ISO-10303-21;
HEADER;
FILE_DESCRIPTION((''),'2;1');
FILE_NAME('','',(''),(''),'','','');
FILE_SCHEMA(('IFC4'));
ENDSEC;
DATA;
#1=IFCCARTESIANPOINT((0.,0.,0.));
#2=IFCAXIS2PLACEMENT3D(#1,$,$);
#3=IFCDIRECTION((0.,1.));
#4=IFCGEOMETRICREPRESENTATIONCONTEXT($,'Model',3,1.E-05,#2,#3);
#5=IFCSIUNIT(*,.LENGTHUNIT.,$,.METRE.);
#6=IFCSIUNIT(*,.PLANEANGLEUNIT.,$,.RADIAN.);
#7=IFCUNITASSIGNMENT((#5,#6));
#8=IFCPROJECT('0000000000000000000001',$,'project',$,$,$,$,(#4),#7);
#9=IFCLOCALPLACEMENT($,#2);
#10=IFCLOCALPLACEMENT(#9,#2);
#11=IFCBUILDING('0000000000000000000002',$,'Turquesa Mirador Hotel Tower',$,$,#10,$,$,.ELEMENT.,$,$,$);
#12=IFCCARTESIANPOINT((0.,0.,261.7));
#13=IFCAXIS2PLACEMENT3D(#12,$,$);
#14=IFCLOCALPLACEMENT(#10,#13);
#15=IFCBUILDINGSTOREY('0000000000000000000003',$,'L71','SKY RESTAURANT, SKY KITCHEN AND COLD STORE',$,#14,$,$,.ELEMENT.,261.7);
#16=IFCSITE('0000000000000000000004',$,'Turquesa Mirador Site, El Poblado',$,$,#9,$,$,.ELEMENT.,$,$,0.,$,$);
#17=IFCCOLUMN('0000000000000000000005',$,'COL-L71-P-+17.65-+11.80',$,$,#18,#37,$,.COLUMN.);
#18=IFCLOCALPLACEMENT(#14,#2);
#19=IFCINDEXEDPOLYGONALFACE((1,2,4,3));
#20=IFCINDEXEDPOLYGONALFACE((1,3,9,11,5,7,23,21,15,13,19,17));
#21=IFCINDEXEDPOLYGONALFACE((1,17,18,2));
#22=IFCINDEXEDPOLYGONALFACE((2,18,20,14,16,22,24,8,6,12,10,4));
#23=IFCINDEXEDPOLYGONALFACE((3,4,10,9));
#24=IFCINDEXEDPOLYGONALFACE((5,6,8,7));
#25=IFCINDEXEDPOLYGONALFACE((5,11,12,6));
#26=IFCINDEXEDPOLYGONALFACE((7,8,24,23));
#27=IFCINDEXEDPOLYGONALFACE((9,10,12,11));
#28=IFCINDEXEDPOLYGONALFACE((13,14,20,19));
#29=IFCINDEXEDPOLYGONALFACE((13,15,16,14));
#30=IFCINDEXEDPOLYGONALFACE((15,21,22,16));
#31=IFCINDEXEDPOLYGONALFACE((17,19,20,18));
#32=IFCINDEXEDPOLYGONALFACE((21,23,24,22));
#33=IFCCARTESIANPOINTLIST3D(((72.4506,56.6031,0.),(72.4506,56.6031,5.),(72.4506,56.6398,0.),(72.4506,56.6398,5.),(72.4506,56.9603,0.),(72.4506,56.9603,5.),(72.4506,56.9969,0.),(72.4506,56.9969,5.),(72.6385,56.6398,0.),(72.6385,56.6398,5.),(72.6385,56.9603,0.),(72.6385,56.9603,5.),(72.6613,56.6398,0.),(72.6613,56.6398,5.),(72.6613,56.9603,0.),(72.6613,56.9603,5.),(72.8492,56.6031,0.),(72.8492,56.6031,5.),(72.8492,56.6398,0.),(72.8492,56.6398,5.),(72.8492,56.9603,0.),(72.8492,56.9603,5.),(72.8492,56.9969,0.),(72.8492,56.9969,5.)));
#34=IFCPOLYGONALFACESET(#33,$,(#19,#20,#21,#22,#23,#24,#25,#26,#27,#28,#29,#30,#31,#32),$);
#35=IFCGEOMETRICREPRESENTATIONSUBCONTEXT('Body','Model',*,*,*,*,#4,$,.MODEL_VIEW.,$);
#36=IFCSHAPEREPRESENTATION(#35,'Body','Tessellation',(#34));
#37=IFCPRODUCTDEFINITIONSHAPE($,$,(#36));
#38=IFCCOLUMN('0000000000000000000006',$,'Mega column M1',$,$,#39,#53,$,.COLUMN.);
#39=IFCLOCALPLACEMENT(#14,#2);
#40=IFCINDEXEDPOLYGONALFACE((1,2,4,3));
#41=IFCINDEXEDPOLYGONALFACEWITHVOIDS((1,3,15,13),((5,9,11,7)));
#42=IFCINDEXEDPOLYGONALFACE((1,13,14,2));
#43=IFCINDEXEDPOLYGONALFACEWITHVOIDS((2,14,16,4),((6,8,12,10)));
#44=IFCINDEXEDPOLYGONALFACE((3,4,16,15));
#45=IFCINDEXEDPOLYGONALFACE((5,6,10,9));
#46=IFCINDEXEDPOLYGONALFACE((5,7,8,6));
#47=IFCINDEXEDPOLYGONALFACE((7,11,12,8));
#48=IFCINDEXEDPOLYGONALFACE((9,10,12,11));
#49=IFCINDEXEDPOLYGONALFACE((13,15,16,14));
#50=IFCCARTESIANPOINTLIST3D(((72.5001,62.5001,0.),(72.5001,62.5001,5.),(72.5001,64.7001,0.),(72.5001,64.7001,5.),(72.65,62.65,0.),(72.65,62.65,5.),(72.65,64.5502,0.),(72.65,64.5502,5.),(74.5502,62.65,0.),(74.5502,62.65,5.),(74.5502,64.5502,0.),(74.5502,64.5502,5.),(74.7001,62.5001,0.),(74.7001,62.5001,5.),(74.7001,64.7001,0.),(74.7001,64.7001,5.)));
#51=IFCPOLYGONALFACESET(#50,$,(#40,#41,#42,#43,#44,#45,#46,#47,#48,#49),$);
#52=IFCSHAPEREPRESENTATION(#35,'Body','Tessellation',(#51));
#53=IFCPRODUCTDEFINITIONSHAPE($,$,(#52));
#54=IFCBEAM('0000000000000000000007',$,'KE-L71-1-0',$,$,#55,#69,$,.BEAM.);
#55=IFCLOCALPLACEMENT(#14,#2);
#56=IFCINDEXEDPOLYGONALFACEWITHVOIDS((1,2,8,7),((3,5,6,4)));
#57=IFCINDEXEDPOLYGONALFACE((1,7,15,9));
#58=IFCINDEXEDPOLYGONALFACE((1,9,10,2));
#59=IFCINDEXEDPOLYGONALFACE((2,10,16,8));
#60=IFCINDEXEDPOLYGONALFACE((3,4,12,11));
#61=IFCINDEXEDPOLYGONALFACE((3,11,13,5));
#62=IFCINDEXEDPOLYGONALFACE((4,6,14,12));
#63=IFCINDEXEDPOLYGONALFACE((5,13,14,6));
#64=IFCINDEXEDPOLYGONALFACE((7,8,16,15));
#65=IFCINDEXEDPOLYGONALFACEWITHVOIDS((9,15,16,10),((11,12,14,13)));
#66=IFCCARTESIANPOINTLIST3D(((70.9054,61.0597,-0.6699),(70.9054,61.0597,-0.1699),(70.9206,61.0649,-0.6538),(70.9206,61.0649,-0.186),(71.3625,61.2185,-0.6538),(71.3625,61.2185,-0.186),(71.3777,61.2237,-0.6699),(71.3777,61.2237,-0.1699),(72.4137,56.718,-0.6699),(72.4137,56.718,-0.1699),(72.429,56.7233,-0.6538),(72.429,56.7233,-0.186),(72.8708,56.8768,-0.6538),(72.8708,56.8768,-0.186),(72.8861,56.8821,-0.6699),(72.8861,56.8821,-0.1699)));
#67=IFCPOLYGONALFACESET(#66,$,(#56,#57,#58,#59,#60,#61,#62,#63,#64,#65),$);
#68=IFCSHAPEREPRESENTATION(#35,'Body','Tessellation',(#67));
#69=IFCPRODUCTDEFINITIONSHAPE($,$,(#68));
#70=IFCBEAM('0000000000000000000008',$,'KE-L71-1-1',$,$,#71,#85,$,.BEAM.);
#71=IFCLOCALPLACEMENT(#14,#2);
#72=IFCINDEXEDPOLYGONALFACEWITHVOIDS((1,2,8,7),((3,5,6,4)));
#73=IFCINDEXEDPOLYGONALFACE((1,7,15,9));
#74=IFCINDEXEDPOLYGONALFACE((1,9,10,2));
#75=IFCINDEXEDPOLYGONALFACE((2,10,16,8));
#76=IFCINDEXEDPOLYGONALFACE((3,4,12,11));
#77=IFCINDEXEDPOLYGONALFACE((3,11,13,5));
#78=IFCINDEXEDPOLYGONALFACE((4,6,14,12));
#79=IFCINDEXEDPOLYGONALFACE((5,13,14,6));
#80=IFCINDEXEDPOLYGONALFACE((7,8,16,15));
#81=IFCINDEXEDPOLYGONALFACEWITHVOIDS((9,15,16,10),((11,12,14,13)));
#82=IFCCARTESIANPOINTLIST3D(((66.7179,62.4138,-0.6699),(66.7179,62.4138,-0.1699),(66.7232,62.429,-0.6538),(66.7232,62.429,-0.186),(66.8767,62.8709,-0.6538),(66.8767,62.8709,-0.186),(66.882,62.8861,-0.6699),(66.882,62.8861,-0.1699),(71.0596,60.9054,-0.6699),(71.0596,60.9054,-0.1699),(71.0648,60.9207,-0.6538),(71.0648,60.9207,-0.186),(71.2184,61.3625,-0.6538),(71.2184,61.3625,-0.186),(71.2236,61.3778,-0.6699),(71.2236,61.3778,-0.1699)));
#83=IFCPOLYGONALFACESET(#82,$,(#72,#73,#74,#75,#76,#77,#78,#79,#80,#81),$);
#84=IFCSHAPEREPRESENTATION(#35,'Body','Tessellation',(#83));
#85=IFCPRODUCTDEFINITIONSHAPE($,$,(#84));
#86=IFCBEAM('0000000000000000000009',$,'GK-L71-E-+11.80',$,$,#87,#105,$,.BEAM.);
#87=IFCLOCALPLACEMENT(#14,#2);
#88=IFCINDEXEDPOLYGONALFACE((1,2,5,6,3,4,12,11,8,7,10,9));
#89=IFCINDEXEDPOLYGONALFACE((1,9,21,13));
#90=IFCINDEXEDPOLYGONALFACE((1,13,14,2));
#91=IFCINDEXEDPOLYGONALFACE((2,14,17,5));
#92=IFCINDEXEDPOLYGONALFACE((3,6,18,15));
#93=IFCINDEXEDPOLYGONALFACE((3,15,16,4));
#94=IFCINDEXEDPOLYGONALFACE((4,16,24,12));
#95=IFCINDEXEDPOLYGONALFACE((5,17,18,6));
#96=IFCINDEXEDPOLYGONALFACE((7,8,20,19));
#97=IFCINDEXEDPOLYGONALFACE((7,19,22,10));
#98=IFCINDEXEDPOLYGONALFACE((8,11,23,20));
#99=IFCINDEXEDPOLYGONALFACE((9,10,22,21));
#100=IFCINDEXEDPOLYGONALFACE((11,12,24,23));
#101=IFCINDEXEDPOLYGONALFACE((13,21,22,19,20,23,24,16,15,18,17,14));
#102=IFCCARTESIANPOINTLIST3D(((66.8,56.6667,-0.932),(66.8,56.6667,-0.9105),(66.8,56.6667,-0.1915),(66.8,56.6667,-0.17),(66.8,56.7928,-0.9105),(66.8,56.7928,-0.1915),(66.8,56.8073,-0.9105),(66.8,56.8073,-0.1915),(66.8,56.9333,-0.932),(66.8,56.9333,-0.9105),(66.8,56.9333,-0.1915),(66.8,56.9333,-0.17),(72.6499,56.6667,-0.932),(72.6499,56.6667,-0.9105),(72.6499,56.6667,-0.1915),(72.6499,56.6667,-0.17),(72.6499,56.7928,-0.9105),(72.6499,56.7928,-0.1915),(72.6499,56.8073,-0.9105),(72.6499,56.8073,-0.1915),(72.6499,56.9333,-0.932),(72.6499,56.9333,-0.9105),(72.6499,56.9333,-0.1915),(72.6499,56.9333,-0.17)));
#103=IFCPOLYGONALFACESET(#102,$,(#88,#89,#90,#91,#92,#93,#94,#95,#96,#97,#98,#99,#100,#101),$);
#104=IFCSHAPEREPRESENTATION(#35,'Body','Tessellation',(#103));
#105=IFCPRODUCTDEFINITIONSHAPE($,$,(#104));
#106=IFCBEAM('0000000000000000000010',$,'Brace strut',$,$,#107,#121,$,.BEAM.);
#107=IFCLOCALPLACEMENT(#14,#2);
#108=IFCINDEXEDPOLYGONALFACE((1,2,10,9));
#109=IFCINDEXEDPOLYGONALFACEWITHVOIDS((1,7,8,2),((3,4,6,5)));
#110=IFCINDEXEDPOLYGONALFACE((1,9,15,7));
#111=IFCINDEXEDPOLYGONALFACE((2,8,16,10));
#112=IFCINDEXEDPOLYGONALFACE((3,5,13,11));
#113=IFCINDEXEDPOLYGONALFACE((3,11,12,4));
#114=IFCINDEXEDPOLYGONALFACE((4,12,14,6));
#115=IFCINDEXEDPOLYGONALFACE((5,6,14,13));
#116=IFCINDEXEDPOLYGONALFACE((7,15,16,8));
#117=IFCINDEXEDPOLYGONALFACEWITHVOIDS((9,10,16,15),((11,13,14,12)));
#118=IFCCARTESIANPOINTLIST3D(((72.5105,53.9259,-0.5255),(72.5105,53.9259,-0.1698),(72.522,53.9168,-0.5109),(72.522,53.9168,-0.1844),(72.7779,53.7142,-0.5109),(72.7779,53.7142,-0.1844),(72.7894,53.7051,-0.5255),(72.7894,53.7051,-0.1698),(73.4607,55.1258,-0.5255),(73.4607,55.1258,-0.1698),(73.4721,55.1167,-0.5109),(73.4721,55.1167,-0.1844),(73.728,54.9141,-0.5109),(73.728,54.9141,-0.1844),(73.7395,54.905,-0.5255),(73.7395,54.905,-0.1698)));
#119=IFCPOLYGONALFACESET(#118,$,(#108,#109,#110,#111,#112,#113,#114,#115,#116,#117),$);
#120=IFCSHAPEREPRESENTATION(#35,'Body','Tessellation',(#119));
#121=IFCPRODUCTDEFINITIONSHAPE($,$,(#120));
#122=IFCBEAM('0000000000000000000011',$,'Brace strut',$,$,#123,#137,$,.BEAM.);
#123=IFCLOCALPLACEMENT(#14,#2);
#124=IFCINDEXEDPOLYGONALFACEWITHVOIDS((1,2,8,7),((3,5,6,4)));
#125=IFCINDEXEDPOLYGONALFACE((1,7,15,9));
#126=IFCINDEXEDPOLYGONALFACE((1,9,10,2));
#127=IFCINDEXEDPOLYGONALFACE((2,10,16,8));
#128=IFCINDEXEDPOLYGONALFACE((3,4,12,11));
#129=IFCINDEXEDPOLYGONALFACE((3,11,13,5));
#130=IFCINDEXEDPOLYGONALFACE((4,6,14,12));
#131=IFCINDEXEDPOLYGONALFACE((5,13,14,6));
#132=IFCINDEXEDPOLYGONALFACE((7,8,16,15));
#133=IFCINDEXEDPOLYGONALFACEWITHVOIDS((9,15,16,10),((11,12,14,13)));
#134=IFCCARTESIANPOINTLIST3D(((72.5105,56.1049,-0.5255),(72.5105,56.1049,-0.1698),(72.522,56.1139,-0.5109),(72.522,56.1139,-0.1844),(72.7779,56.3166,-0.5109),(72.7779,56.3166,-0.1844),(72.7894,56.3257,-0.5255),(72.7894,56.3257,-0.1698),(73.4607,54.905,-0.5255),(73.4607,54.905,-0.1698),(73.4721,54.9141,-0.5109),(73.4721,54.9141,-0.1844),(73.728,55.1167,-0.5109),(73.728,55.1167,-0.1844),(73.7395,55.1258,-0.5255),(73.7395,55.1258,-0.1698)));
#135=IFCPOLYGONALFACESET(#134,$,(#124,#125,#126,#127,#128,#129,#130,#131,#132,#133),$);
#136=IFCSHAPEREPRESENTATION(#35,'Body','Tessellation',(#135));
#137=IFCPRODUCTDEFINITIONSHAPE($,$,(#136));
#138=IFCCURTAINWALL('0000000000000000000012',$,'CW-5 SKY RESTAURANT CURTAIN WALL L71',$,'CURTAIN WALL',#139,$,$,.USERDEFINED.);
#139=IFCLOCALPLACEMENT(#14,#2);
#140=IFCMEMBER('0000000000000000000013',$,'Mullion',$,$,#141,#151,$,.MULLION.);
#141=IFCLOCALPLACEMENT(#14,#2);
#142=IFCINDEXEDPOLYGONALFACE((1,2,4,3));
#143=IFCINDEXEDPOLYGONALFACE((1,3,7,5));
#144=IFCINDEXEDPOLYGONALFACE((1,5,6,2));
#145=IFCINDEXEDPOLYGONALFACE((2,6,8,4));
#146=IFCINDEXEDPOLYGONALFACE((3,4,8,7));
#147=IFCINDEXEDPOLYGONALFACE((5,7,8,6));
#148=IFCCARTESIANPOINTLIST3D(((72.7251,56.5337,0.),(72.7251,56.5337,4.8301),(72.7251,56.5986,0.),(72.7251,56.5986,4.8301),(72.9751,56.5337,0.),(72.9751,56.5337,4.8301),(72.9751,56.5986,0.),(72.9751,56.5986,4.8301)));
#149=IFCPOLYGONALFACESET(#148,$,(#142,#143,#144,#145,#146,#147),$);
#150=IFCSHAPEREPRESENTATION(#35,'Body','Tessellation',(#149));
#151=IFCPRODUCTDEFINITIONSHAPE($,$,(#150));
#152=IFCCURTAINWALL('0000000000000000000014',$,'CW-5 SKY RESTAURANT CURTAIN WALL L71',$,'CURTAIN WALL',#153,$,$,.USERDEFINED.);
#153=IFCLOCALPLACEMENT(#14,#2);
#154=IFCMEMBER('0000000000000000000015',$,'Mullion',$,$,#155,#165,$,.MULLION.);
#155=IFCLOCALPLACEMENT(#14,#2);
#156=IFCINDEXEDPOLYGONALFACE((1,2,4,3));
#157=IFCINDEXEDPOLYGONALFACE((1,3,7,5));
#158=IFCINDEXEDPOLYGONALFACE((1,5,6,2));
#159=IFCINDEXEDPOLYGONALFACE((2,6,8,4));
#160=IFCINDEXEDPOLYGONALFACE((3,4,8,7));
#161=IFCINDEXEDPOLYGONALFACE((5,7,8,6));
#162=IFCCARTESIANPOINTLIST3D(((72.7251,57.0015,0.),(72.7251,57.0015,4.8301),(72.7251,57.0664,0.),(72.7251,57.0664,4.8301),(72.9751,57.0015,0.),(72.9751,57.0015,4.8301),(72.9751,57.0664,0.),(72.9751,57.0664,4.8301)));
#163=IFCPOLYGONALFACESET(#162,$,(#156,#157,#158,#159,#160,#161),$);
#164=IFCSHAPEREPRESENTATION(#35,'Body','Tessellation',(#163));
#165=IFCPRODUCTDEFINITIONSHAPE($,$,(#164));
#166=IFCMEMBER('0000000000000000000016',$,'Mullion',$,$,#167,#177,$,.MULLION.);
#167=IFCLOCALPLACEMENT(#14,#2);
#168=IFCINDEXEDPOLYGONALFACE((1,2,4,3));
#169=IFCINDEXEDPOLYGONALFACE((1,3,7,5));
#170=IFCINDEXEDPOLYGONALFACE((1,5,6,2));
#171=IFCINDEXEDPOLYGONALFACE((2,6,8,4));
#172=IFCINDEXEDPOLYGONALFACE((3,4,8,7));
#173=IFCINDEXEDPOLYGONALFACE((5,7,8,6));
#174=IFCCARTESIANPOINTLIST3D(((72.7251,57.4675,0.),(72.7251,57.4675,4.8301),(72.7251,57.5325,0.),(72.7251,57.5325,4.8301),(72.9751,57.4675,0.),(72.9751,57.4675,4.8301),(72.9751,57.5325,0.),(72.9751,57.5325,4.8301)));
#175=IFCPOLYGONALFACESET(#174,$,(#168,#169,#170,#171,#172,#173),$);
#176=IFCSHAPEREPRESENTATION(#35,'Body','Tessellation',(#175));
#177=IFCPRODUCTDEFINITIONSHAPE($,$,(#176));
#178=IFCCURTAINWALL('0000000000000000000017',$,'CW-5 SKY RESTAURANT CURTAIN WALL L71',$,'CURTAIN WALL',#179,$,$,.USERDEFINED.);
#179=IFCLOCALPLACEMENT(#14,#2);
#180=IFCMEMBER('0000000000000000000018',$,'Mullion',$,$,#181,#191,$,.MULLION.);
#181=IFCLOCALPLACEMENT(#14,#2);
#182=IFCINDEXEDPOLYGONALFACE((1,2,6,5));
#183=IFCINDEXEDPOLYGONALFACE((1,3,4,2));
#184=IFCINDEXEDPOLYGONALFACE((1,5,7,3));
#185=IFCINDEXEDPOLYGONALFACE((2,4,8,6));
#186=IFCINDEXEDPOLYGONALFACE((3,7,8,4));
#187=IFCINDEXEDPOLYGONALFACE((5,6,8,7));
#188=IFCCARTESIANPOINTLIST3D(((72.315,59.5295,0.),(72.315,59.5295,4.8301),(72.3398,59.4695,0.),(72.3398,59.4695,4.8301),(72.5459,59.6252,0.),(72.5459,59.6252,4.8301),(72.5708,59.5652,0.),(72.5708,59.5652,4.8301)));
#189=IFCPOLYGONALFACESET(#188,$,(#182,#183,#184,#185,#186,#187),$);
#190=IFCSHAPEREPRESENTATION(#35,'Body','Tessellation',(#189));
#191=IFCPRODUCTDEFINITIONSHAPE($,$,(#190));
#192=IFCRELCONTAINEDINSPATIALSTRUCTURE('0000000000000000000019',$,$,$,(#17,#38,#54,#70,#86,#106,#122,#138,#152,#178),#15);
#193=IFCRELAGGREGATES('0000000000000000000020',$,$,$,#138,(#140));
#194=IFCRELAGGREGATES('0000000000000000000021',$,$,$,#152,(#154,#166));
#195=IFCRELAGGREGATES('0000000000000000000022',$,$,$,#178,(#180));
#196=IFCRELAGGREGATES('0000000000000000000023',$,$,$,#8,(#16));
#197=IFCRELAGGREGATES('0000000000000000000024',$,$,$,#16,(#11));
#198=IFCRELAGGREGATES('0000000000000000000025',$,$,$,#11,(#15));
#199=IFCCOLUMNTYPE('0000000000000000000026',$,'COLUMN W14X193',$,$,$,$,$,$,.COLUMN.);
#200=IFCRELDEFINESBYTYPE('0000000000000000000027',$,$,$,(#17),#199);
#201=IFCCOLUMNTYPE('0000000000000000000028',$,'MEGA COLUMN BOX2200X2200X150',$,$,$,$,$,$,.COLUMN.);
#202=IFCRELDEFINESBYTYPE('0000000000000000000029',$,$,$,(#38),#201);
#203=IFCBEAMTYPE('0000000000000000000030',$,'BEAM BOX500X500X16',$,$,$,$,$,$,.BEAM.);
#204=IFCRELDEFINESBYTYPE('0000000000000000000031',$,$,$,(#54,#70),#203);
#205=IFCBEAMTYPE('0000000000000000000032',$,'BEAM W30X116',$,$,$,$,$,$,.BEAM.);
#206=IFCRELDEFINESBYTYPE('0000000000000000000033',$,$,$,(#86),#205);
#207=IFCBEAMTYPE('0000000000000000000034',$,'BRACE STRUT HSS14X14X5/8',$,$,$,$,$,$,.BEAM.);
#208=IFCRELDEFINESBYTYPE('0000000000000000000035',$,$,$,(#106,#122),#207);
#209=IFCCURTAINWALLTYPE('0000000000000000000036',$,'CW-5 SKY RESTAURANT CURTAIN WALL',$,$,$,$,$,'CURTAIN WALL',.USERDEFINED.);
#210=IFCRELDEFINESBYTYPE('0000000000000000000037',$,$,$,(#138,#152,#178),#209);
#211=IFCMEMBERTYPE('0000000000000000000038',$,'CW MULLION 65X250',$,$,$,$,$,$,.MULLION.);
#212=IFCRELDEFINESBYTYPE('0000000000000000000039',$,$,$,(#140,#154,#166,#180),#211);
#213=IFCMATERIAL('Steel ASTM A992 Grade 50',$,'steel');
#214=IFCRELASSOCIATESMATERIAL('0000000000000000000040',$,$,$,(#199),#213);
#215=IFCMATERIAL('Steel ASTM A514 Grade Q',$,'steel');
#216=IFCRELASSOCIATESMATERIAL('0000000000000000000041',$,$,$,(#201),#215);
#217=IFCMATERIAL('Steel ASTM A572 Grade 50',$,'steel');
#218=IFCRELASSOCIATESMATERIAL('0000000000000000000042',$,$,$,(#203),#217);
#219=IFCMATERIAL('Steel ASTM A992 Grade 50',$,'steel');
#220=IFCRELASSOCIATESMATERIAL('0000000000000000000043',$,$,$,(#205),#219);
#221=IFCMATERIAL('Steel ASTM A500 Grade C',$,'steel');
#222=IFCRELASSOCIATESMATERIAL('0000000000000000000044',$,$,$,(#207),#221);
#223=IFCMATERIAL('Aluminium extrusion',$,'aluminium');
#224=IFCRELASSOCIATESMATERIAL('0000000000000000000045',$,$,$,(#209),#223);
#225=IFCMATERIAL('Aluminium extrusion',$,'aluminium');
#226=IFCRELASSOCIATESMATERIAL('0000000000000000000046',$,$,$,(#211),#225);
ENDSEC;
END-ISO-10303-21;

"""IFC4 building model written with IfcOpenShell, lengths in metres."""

from ifc_helpers import new_model, si_unit, direction, frame, origin, origin_2d, place, context, subcontext, project, spatial, rectangle, hollow_rectangle, i_section, extrude, material, material_profile, profile_set, type_object, element, aggregate, save


model = new_model("IFC4")

# Units and contexts
model_context = context("Model", 3, precision=1e-05, world=origin(), true_north=direction((0.0, 1.0)))
body_context = subcontext(model_context, "Body", "Model", "MODEL_VIEW")
ifc_project = project(units=[si_unit("LENGTHUNIT", "METRE"), si_unit("PLANEANGLEUNIT", "RADIAN")], contexts=[model_context])

# Site, building, storey
site_placement = place(None, origin())
site = spatial("IfcSite", under=ifc_project, at=site_placement, Name="Turquesa Mirador Site, El Poblado", CompositionType="ELEMENT", RefElevation=0.0)
building_placement = place(site_placement, origin())
building = spatial("IfcBuilding", under=site, at=building_placement, Name="Turquesa Mirador Hotel Tower", CompositionType="ELEMENT")
storey_placement = place(building_placement, frame((0.0, 0.0, 261.7)))
storey = spatial("IfcBuildingStorey", under=building, at=storey_placement, Name="L71", Description="SKY RESTAURANT, SKY KITCHEN AND COLD STORE", CompositionType="ELEMENT", Elevation=261.7)

# Columns
ifc_material_1 = material(Name="Steel ASTM A992 Grade 50", Category="steel")
ifc_material_profile_1 = material_profile(ifc_material_1, i_section(OverallWidth=0.3987, OverallDepth=0.3938, WebThickness=0.0227, FlangeThickness=0.0366, at=origin_2d()), Name="W14X193")
ifc_profile_set_1 = profile_set([ifc_material_profile_1], Name="Steel ASTM A992 Grade 50")
column_type_1 = type_object("IfcColumnType", Name="COLUMN W14X193", PredefinedType="COLUMN", material=ifc_profile_set_1)
column_1_placement = place(storey_placement, frame((72.6499, 56.8, 0.0), z_axis=(0.0, 0.0, 1.0), x_axis=(1.0, 0.0, 0.0)))
element("IfcColumn", 1, at=column_1_placement, inside=storey, type_object=column_type_1, Name="COL-L71-P-+17.65-+11.80", PredefinedType="COLUMN", context=body_context, shape_type="SweptSolid", body=[
    extrude(i_section(OverallWidth=0.3987, OverallDepth=0.3938, WebThickness=0.0227, FlangeThickness=0.0366, at=origin_2d()), origin(), (0.0, 0.0, 1.0), 5.0),
])
ifc_material_2 = material(Name="Steel ASTM A514 Grade Q", Category="steel")
ifc_material_profile_2 = material_profile(ifc_material_2, hollow_rectangle(XDim=2.2, YDim=2.2, WallThickness=0.1499, at=origin_2d()), Name="BOX2200X2200X150")
ifc_profile_set_2 = profile_set([ifc_material_profile_2], Name="Steel ASTM A514 Grade Q")
column_type_2 = type_object("IfcColumnType", Name="MEGA COLUMN BOX2200X2200X150", PredefinedType="COLUMN", material=ifc_profile_set_2)
column_2_placement = place(storey_placement, frame((73.6001, 63.6001, 0.0), z_axis=(0.0, 0.0, 1.0), x_axis=(1.0, 0.0, 0.0)))
element("IfcColumn", 2, at=column_2_placement, inside=storey, type_object=column_type_2, Name="Mega column M1", PredefinedType="COLUMN", context=body_context, shape_type="SweptSolid", body=[
    extrude(hollow_rectangle(XDim=2.2, YDim=2.2, WallThickness=0.1499, at=origin_2d()), origin(), (0.0, 0.0, 1.0), 5.0),
])

# Beams
ifc_material_3 = material(Name="Steel ASTM A572 Grade 50", Category="steel")
ifc_material_profile_3 = material_profile(ifc_material_3, hollow_rectangle(XDim=0.5, YDim=0.5, WallThickness=0.0161, at=origin_2d()), Name="BOX500X500X16")
ifc_profile_set_3 = profile_set([ifc_material_profile_3], Name="Steel ASTM A572 Grade 50")
beam_type_1 = type_object("IfcBeamType", Name="BEAM BOX500X500X16", PredefinedType="BEAM", material=ifc_profile_set_3)
for number, where, z_axis, x_axis, name in (
    (3, (72.6499, 56.8, -0.4199), (-0.32817, 0.944619, 0.0), (-0.944619, -0.32817, 0.0), "KE-L71-1-0"),
    (4, (71.1416, 61.1416, -0.4199), (-0.944619, 0.32817, 0.0), (-0.32817, -0.944619, 0.0), "KE-L71-1-1"),
):
    element("IfcBeam", number, at=place(storey_placement, frame(where, z_axis=z_axis, x_axis=x_axis)), inside=storey, type_object=beam_type_1, Name=name, PredefinedType="BEAM", context=body_context, shape_type="SweptSolid", body=[
        extrude(hollow_rectangle(XDim=0.5, YDim=0.5, WallThickness=0.0161, at=origin_2d()), origin(), (0.0, 0.0, 1.0), 4.5962),
    ])
ifc_material_4 = material(Name="Steel ASTM A992 Grade 50", Category="steel")
ifc_material_profile_4 = material_profile(ifc_material_4, i_section(OverallWidth=0.2666, OverallDepth=0.762, WebThickness=0.0144, FlangeThickness=0.0215, at=origin_2d()), Name="W30X116")
ifc_profile_set_4 = profile_set([ifc_material_profile_4], Name="Steel ASTM A992 Grade 50")
beam_type_2 = type_object("IfcBeamType", Name="BEAM W30X116", PredefinedType="BEAM", material=ifc_profile_set_4)
beam_placement = place(storey_placement, frame((72.6499, 56.8, -0.551), z_axis=(-1.0, 0.0, 0.0), x_axis=(0.0, -1.0, 0.0)))
element("IfcBeam", 5, at=beam_placement, inside=storey, type_object=beam_type_2, Name="GK-L71-E-+11.80", PredefinedType="BEAM", context=body_context, shape_type="SweptSolid", body=[
    extrude(i_section(OverallWidth=0.2666, OverallDepth=0.762, WebThickness=0.0144, FlangeThickness=0.0215, at=origin_2d()), origin(), (0.0, 0.0, 1.0), 5.8499),
])
ifc_material_5 = material(Name="Steel ASTM A500 Grade C", Category="steel")
ifc_material_profile_5 = material_profile(ifc_material_5, hollow_rectangle(XDim=0.3557, YDim=0.3557, WallThickness=0.0146, at=origin_2d()), Name="HSS14X14X5/8")
ifc_profile_set_5 = profile_set([ifc_material_profile_5], Name="Steel ASTM A500 Grade C")
beam_type_3 = type_object("IfcBeamType", Name="BRACE STRUT HSS14X14X5/8", PredefinedType="BEAM", material=ifc_profile_set_5)
for number, where, z_axis, x_axis, name in (
    (6, (73.6001, 55.0154, -0.3477), (-0.620797, -0.783971, 0.0), (0.783971, -0.620797, 0.0), "Brace strut"),
    (7, (73.6001, 55.0154, -0.3477), (-0.620797, 0.783971, 0.0), (-0.783971, -0.620797, 0.0), "Brace strut"),
):
    element("IfcBeam", number, at=place(storey_placement, frame(where, z_axis=z_axis, x_axis=x_axis)), inside=storey, type_object=beam_type_3, Name=name, PredefinedType="BEAM", context=body_context, shape_type="SweptSolid", body=[
        extrude(hollow_rectangle(XDim=0.3557, YDim=0.3557, WallThickness=0.0146, at=origin_2d()), origin(), (0.0, 0.0, 1.0), 1.5305),
    ])

# Curtain wall, member
ifc_material_6 = material(Name="Aluminium extrusion", Category="aluminium")
curtain_wall_type = type_object("IfcCurtainWallType", Name="CW-5 SKY RESTAURANT CURTAIN WALL", ElementType="CURTAIN WALL", PredefinedType="USERDEFINED", material=ifc_material_6)
curtain_wall_1_placement = place(storey_placement, origin())
curtain_wall_1 = element("IfcCurtainWall", 8, at=curtain_wall_1_placement, inside=storey, type_object=curtain_wall_type, Name="CW-5 SKY RESTAURANT CURTAIN WALL L71", ObjectType="CURTAIN WALL", PredefinedType="USERDEFINED")
ifc_material_7 = material(Name="Aluminium extrusion", Category="aluminium")
ifc_material_profile_6 = material_profile(ifc_material_7, rectangle(XDim=0.0649, YDim=0.25, at=origin_2d()), Name="MULLION 65X250")
ifc_profile_set_6 = profile_set([ifc_material_profile_6], Name="Aluminium extrusion")
member_type_1 = type_object("IfcMemberType", Name="CW MULLION 65X250", PredefinedType="MULLION", material=ifc_profile_set_6)
member_1_placement = place(storey_placement, frame((72.8501, 56.5662, 0.0), z_axis=(0.0, 0.0, 1.0), x_axis=(0.0, 1.0, 0.0)))
member_1 = element("IfcMember", 9, at=member_1_placement, type_object=member_type_1, Name="Mullion", PredefinedType="MULLION", context=body_context, shape_type="SweptSolid", body=[
    extrude(rectangle(XDim=0.0649, YDim=0.25, at=origin_2d()), origin(), (0.0, 0.0, 1.0), 4.8301),
])

# Curtain walls, members
curtain_wall_2_placement = place(storey_placement, origin())
curtain_wall_2 = element("IfcCurtainWall", 10, at=curtain_wall_2_placement, inside=storey, type_object=curtain_wall_type, Name="CW-5 SKY RESTAURANT CURTAIN WALL L71", ObjectType="CURTAIN WALL", PredefinedType="USERDEFINED")
member_2_placement = place(storey_placement, frame((72.8501, 57.0339, 0.0), z_axis=(0.0, 0.0, 1.0), x_axis=(0.0, 1.0, 0.0)))
member_2 = element("IfcMember", 11, at=member_2_placement, type_object=member_type_1, Name="Mullion", PredefinedType="MULLION", context=body_context, shape_type="SweptSolid", body=[
    extrude(rectangle(XDim=0.0649, YDim=0.25, at=origin_2d()), origin(), (0.0, 0.0, 1.0), 4.8301),
])
member_3_placement = place(storey_placement, frame((72.8501, 57.5, 0.0), z_axis=(0.0, 0.0, 1.0), x_axis=(0.0, 1.0, 0.0)))
member_3 = element("IfcMember", 12, at=member_3_placement, type_object=member_type_1, Name="Mullion", PredefinedType="MULLION", context=body_context, shape_type="SweptSolid", body=[
    extrude(rectangle(XDim=0.0649, YDim=0.25, at=origin_2d()), origin(), (0.0, 0.0, 1.0), 4.8301),
])
curtain_wall_3_placement = place(storey_placement, origin())
curtain_wall_3 = element("IfcCurtainWall", 13, at=curtain_wall_3_placement, inside=storey, type_object=curtain_wall_type, Name="CW-5 SKY RESTAURANT CURTAIN WALL L71", ObjectType="CURTAIN WALL", PredefinedType="USERDEFINED")
member_4_placement = place(storey_placement, frame((72.4429, 59.5474, 0.0), z_axis=(0.0, 0.0, 1.0), x_axis=(-0.382683, 0.92388, 0.0)))
member_4 = element("IfcMember", 14, at=member_4_placement, type_object=member_type_1, Name="Mullion", PredefinedType="MULLION", context=body_context, shape_type="SweptSolid", body=[
    extrude(rectangle(XDim=0.0649, YDim=0.25, at=origin_2d()), origin(), (0.0, 0.0, 1.0), 4.8301),
])

aggregate(curtain_wall_1, [member_1])
aggregate(curtain_wall_2, [member_2, member_3])
aggregate(curtain_wall_3, [member_4])

save(model, "model.ifc")
